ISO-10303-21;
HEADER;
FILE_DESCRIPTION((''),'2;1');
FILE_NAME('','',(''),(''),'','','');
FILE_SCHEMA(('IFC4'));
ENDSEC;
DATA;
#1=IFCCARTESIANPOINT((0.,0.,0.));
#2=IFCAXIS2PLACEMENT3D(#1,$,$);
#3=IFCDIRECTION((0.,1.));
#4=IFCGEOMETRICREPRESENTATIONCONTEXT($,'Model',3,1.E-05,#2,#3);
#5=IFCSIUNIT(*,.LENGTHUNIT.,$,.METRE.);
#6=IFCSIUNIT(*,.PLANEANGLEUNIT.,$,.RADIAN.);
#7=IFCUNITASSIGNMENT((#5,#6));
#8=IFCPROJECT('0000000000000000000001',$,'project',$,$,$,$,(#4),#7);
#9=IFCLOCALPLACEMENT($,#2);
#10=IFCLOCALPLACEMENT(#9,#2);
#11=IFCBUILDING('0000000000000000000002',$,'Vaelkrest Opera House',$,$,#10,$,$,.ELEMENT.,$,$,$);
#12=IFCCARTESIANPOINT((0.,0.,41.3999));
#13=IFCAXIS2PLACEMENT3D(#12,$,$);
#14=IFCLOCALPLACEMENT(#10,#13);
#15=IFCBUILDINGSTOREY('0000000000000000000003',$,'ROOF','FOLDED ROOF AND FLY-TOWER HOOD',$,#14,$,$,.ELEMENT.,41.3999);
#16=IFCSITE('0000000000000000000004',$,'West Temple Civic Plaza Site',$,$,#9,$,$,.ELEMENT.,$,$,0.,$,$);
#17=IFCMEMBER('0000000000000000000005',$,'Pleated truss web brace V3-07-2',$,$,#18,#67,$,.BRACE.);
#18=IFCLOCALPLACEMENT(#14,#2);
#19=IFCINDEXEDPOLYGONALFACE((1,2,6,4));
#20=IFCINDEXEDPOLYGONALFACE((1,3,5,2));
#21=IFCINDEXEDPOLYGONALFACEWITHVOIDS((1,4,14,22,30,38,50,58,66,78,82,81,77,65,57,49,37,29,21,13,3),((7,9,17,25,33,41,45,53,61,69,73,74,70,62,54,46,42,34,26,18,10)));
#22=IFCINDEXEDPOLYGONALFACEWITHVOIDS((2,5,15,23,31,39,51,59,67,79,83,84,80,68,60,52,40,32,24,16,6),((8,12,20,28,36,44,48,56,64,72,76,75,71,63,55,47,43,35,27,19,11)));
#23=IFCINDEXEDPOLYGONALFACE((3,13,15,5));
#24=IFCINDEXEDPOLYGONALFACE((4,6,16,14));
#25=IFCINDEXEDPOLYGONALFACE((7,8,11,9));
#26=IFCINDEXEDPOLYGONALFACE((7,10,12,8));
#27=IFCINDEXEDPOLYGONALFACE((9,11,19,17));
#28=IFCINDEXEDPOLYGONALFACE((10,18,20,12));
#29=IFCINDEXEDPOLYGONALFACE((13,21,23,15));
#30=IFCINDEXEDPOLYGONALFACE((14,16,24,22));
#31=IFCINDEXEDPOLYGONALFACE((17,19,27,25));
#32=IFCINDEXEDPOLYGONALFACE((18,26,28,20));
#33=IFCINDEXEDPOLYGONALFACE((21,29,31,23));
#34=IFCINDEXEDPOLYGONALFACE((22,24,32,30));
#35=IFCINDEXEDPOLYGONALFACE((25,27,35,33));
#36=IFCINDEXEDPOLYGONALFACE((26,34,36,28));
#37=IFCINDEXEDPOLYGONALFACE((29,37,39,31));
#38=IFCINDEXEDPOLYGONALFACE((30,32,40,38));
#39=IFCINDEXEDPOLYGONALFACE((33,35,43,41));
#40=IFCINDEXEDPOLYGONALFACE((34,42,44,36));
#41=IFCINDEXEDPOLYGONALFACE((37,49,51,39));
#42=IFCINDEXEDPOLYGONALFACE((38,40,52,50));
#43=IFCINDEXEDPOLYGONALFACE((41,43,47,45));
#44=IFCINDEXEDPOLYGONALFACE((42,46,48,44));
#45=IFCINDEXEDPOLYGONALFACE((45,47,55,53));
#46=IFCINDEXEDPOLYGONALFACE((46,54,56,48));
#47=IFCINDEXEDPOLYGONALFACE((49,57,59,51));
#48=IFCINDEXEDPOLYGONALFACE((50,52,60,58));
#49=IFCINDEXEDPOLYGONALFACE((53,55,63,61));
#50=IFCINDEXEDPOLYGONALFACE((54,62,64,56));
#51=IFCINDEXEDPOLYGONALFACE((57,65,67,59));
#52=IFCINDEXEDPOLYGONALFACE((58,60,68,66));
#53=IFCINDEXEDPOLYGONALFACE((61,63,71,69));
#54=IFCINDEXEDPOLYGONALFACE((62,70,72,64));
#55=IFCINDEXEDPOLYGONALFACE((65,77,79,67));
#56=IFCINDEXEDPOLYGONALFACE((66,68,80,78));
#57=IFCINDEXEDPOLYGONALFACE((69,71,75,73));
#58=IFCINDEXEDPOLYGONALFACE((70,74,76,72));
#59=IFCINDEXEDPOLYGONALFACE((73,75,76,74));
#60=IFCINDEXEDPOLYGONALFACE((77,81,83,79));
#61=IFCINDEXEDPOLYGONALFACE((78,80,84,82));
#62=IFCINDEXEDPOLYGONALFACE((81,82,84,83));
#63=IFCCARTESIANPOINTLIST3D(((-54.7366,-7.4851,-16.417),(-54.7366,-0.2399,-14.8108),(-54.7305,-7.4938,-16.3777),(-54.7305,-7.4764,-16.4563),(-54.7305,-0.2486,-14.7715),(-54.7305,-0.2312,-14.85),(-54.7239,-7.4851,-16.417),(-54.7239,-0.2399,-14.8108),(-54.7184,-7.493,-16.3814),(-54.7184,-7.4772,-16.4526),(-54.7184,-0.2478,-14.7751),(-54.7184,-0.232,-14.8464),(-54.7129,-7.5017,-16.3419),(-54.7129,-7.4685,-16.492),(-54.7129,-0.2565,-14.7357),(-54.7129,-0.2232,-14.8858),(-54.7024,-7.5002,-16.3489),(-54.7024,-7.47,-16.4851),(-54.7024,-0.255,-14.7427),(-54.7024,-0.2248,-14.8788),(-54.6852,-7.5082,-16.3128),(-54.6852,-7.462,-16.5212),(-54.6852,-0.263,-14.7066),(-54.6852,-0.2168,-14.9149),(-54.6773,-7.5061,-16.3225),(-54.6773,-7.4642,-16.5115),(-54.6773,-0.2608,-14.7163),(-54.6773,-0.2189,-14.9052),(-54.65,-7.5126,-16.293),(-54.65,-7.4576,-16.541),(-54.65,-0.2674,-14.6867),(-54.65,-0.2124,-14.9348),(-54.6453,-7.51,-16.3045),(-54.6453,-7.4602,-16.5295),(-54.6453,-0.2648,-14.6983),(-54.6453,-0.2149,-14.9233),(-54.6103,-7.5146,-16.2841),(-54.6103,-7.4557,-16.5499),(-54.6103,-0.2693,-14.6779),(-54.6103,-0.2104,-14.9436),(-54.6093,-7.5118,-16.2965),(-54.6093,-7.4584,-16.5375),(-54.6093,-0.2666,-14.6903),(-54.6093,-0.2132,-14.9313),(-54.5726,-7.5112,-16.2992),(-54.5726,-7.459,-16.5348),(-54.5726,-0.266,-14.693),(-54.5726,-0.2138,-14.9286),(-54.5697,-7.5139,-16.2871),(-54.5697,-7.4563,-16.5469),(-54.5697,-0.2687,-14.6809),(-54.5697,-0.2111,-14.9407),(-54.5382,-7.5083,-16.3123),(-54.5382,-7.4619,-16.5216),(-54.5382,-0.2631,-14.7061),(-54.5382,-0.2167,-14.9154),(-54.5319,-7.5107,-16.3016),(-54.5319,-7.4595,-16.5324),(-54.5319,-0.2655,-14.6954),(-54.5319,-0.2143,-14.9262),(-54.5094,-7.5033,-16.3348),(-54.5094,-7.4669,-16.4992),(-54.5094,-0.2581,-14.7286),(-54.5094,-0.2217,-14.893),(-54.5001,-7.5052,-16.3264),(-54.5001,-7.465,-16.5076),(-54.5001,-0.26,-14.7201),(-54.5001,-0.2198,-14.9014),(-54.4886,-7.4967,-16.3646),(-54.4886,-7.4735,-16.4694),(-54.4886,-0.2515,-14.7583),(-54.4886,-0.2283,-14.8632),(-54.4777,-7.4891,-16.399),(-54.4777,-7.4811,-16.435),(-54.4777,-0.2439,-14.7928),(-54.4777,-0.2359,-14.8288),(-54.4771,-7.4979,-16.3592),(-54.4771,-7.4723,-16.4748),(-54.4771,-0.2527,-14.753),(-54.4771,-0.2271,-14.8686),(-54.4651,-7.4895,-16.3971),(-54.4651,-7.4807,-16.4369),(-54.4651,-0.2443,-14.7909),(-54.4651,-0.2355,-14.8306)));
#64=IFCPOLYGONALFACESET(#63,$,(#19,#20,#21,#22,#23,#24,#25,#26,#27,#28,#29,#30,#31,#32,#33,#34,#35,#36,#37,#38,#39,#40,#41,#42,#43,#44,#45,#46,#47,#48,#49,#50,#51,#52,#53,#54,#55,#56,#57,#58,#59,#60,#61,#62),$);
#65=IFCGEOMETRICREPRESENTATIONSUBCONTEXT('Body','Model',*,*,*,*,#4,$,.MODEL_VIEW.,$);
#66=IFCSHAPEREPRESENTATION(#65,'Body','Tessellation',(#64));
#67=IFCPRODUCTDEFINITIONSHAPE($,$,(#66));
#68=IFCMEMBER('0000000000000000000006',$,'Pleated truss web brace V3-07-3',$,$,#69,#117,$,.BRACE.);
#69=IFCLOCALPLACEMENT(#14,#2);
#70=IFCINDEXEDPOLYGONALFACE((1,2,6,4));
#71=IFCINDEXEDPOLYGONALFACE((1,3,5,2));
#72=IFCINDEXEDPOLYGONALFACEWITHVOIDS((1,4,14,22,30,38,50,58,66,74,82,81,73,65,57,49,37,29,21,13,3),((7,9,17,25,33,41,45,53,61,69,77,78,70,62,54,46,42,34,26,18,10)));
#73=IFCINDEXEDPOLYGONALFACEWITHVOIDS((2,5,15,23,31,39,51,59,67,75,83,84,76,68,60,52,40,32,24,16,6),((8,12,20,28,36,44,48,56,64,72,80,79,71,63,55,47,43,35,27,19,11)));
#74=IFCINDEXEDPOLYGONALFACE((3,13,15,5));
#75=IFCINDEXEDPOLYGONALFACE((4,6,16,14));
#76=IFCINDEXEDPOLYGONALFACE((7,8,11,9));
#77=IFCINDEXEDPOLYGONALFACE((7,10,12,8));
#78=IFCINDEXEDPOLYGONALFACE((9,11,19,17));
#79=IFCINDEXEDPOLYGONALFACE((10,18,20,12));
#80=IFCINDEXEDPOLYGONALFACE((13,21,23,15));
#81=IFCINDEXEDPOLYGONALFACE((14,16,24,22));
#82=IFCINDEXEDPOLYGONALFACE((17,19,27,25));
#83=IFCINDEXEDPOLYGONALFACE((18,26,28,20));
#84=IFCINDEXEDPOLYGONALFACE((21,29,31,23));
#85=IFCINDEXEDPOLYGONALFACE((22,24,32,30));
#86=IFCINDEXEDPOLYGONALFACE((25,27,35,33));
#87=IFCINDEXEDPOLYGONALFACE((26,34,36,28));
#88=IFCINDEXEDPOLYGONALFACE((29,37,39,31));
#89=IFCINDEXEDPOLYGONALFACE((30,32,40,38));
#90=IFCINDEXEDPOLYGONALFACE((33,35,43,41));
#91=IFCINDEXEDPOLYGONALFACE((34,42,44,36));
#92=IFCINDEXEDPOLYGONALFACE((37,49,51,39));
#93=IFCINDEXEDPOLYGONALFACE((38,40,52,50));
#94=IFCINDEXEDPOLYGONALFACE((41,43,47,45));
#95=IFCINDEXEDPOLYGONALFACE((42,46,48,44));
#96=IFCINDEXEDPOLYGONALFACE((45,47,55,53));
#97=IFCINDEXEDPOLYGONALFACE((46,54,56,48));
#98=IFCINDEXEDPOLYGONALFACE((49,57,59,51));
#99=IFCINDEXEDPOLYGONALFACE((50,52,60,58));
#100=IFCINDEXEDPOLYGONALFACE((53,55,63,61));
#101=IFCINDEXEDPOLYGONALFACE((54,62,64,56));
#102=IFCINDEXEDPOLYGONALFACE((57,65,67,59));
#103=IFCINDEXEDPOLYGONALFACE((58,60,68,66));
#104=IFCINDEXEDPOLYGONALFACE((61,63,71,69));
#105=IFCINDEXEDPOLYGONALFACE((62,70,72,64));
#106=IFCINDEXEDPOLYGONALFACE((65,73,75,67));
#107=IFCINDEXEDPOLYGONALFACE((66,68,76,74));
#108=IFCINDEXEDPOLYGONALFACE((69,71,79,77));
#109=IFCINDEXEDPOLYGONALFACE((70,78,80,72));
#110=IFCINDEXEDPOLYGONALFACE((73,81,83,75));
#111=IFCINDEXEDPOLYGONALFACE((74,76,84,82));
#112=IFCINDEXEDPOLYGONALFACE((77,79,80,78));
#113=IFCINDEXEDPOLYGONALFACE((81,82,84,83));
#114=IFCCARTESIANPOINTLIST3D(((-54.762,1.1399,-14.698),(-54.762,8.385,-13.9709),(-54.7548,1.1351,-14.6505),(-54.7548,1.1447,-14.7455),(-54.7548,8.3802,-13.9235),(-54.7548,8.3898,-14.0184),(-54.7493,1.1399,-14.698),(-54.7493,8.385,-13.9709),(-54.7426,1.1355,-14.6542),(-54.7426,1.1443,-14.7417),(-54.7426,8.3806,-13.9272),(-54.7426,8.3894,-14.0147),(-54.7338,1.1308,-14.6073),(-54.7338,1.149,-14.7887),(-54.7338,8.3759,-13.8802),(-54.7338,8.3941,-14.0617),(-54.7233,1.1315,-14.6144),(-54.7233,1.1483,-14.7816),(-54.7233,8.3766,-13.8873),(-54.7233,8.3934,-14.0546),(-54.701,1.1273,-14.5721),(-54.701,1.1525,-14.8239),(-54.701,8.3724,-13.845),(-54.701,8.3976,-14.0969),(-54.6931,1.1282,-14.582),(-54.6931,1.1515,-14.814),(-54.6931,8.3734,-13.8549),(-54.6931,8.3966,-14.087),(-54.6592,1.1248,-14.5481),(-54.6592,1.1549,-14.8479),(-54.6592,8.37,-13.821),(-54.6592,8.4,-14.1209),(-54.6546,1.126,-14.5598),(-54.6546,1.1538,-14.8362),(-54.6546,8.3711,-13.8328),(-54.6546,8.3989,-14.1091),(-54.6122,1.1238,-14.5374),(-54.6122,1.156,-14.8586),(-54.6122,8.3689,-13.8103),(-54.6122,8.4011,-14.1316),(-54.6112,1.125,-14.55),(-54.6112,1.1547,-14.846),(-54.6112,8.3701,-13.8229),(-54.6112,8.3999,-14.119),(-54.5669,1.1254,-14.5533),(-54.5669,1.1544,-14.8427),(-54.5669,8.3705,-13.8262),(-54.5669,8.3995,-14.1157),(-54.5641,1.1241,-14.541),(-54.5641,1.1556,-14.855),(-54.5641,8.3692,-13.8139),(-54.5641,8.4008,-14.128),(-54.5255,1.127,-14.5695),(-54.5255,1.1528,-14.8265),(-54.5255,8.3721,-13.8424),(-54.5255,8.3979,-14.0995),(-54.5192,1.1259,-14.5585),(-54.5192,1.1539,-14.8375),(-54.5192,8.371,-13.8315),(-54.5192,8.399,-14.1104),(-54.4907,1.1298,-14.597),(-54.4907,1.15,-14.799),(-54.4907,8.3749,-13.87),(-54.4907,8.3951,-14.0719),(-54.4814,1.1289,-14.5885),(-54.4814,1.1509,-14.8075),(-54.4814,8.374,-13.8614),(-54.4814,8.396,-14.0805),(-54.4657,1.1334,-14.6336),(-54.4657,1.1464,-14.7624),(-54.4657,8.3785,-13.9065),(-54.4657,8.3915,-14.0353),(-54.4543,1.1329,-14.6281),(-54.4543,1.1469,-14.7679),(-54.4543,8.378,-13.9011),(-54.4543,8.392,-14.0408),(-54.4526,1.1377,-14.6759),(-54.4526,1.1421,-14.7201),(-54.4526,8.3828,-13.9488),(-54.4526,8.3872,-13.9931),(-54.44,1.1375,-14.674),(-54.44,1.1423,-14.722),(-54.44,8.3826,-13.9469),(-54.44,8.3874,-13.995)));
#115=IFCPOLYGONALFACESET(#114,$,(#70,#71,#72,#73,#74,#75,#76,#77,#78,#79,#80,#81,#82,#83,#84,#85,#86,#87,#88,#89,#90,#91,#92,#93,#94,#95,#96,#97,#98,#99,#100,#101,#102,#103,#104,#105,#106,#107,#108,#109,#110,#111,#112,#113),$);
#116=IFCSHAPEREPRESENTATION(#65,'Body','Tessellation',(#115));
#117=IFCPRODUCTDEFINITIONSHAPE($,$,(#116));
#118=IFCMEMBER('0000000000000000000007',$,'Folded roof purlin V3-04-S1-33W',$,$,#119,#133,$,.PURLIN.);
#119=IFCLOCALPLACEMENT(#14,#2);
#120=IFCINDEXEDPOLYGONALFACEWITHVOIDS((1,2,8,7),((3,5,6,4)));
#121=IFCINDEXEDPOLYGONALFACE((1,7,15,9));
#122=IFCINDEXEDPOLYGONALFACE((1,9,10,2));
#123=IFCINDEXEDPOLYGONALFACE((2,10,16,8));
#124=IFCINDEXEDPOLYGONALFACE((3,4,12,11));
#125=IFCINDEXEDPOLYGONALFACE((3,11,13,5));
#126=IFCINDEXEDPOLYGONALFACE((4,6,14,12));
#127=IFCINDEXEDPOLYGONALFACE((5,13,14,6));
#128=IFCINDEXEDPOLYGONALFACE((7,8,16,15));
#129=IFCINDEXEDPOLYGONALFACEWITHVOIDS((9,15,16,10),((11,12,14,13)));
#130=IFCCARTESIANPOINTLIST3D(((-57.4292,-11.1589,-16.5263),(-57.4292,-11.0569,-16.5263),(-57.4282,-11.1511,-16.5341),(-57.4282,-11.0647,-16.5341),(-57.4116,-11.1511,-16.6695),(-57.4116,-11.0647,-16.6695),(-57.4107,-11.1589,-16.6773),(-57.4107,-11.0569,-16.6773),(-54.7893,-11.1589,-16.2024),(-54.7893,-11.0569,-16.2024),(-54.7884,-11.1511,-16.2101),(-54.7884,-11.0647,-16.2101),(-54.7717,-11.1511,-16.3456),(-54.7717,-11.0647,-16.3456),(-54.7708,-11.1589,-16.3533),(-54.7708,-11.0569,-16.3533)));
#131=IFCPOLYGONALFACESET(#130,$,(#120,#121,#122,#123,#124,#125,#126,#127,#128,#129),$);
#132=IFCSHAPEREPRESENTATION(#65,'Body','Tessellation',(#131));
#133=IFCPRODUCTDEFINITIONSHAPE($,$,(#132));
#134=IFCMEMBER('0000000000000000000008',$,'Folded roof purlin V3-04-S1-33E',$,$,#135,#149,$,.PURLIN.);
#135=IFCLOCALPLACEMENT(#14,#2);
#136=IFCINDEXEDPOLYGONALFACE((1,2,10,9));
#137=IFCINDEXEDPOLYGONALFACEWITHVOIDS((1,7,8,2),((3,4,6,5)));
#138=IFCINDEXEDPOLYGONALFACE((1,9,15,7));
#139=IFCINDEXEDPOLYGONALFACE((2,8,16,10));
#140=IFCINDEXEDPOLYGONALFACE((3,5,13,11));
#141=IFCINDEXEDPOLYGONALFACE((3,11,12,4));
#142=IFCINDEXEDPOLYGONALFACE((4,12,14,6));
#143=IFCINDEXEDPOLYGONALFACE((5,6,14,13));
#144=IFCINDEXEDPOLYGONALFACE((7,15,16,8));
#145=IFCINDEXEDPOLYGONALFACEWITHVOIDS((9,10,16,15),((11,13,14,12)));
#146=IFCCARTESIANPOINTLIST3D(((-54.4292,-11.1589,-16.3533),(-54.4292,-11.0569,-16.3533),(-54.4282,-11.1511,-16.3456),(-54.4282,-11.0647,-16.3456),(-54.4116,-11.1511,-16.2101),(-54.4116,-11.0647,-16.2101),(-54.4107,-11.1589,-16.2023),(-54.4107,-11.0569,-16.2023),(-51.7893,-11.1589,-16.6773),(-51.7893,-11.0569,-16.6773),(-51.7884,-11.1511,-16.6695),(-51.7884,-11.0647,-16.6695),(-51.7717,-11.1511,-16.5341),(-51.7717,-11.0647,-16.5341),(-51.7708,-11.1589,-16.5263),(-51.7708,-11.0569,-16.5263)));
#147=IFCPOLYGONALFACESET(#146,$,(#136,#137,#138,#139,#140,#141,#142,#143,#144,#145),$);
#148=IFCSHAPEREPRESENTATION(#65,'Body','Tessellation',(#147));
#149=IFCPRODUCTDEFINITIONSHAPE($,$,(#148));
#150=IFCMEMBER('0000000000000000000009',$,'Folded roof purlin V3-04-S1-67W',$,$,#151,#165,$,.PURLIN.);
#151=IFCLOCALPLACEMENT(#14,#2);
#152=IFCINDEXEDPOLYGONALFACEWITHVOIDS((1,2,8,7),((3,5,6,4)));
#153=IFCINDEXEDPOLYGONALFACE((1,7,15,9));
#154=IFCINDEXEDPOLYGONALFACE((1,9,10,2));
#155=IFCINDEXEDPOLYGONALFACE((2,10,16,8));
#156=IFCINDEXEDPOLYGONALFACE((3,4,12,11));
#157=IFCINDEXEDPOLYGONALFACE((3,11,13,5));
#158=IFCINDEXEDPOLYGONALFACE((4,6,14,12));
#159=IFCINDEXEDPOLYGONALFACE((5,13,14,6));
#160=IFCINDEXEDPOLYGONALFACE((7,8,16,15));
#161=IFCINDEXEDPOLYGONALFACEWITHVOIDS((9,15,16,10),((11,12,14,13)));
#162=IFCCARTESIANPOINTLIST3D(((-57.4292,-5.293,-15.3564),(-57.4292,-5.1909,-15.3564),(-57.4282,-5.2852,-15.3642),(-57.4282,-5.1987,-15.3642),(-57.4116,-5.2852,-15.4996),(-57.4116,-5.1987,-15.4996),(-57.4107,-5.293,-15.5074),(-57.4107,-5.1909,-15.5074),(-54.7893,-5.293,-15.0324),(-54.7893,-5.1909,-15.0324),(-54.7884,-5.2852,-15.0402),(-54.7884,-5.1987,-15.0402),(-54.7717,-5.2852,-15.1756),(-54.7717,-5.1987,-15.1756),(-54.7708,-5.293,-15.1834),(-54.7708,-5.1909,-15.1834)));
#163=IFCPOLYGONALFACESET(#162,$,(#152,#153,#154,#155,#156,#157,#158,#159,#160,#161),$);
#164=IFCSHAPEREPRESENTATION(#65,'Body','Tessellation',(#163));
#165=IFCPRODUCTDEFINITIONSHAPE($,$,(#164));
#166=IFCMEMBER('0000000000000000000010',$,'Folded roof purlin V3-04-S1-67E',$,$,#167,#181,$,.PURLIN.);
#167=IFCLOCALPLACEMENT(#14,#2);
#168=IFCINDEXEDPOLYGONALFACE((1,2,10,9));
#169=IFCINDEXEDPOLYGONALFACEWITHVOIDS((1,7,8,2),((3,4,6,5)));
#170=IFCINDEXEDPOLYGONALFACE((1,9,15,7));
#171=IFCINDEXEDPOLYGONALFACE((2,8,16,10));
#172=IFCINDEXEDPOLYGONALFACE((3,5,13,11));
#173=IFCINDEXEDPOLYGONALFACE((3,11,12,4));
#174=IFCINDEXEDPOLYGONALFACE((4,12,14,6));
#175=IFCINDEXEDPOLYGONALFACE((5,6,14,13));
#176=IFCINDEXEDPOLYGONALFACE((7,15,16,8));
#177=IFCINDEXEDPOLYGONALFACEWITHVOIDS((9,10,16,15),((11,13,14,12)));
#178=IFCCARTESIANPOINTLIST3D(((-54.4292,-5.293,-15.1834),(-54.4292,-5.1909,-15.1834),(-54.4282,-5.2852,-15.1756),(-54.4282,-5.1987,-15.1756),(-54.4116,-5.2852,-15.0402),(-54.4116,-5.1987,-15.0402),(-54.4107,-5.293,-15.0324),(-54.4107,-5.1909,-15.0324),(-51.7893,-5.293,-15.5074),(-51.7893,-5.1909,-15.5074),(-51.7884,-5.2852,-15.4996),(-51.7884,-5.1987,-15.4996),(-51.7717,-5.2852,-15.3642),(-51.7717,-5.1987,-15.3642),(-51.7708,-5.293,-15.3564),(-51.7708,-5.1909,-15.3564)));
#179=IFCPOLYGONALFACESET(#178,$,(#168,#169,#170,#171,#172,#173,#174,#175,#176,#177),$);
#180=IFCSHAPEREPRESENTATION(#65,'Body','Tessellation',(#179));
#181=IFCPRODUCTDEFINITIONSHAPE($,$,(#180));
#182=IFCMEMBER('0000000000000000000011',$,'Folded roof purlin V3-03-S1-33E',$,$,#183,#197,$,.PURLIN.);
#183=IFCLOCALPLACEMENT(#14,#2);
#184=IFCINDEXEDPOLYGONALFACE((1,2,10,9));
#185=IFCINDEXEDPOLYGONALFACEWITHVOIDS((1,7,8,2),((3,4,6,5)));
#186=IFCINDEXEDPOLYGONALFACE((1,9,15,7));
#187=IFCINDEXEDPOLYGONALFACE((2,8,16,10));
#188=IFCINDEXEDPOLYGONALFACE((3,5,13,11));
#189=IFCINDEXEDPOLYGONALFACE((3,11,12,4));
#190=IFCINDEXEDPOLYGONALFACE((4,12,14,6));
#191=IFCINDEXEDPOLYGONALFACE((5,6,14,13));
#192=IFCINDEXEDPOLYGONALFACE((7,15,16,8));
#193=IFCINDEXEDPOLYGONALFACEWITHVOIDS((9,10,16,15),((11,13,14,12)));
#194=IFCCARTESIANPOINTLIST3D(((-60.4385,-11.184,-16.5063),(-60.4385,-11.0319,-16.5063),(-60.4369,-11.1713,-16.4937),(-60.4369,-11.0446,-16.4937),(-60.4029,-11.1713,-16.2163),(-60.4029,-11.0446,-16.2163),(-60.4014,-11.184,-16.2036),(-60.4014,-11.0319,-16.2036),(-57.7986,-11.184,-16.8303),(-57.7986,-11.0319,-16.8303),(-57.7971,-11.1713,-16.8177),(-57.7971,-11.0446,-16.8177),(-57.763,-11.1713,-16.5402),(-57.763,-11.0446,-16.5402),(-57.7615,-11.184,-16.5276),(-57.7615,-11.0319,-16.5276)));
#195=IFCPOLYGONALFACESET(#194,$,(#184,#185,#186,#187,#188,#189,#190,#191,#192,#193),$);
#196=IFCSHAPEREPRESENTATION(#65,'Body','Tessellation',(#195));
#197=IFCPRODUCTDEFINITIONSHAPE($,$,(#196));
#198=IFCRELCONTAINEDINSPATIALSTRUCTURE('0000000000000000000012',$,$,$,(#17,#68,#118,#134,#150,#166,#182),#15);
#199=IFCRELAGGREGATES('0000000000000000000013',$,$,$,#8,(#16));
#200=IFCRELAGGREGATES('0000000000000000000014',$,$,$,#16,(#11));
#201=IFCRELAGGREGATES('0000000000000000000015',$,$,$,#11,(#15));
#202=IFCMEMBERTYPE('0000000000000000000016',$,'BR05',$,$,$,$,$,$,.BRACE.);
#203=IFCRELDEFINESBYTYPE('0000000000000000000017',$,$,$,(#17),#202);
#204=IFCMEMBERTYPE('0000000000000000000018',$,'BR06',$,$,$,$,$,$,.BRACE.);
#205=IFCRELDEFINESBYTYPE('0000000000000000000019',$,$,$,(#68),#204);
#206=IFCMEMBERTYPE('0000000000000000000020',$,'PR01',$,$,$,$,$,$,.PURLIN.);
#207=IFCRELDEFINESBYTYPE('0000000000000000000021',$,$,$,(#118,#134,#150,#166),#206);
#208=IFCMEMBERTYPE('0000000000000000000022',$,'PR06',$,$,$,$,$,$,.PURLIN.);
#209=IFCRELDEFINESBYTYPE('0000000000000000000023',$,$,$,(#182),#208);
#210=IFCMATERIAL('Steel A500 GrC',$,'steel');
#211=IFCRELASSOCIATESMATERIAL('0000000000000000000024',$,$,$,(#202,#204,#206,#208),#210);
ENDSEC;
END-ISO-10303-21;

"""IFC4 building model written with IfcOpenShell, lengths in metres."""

from ifc_helpers import new_model, si_unit, direction, frame, origin, origin_2d, place, context, subcontext, project, spatial, hollow_rectangle, hollow_circle, extrude, material, material_profile, profile_set, type_object, element, save


model = new_model("IFC4")

# Units and contexts
model_context = context("Model", 3, precision=1e-05, world=origin(), true_north=direction((0.0, 1.0)))
body_context = subcontext(model_context, "Body", "Model", "MODEL_VIEW")
ifc_project = project(units=[si_unit("LENGTHUNIT", "METRE"), si_unit("PLANEANGLEUNIT", "RADIAN")], contexts=[model_context])

# Site, building, storey
site_placement = place(None, origin())
site = spatial("IfcSite", under=ifc_project, at=site_placement, Name="West Temple Civic Plaza Site", CompositionType="ELEMENT", RefElevation=0.0)
building_placement = place(site_placement, origin())
building = spatial("IfcBuilding", under=site, at=building_placement, Name="Vaelkrest Opera House", CompositionType="ELEMENT")
storey_placement = place(building_placement, frame((0.0, 0.0, 41.3999)))
storey = spatial("IfcBuildingStorey", under=building, at=storey_placement, Name="ROOF", Description="FOLDED ROOF AND FLY-TOWER HOOD", CompositionType="ELEMENT", Elevation=41.3999)

# Members
ifc_material_1 = material(Name="Steel A500 GrC", Category="steel")
ifc_material_profile_1 = material_profile(ifc_material_1, hollow_circle(Radius=0.1365, WallThickness=0.0127, at=origin_2d()), Name="HSS273.1X12.7")
ifc_profile_set_1 = profile_set([ifc_material_profile_1], Name="Steel A500 GrC")
member_type_1 = type_object("IfcMemberType", Name="BR05", PredefinedType="BRACE", material=ifc_profile_set_1)
member_1_placement = place(storey_placement, frame((-54.6001, -7.4851, -16.417), z_axis=(0.0, 0.976296, 0.216439), x_axis=(-1.0, 0.0, 0.0)))
element("IfcMember", 1, at=member_1_placement, inside=storey, type_object=member_type_1, Name="Pleated truss web brace V3-07-2", PredefinedType="BRACE", context=body_context, shape_type="SweptSolid", body=[
    extrude(hollow_circle(Radius=0.1365, WallThickness=0.0127, at=origin_2d()), origin(), (0.0, 0.0, 1.0), 7.4211),
])
ifc_material_profile_2 = material_profile(ifc_material_1, hollow_circle(Radius=0.1619, WallThickness=0.0127, at=origin_2d()), Name="HSS323.9X12.7")
ifc_profile_set_2 = profile_set([ifc_material_profile_2], Name="Steel A500 GrC")
member_type_2 = type_object("IfcMemberType", Name="BR06", PredefinedType="BRACE", material=ifc_profile_set_2)
member_2_placement = place(storey_placement, frame((-54.6001, 1.1399, -14.698), z_axis=(0.0, 0.995003, 0.099849), x_axis=(-1.0, 0.0, 0.0)))
element("IfcMember", 2, at=member_2_placement, inside=storey, type_object=member_type_2, Name="Pleated truss web brace V3-07-3", PredefinedType="BRACE", context=body_context, shape_type="SweptSolid", body=[
    extrude(hollow_circle(Radius=0.1619, WallThickness=0.0127, at=origin_2d()), origin(), (0.0, 0.0, 1.0), 7.2815),
])
ifc_material_profile_3 = material_profile(ifc_material_1, hollow_rectangle(XDim=0.1021, YDim=0.1521, WallThickness=0.0078, at=origin_2d()), Name="HSS152X102X8")
ifc_profile_set_3 = profile_set([ifc_material_profile_3], Name="Steel A500 GrC")
member_type_3 = type_object("IfcMemberType", Name="PR01", PredefinedType="PURLIN", material=ifc_profile_set_3)
for number, where, z_axis, x_axis, name in (
    (3, (-57.4199, -11.1079, -16.6018), (0.992554, 0.0, 0.121809), (0.0, 1.0, 0.0), "Folded roof purlin V3-04-S1-33W"),
    (4, (-54.4199, -11.1079, -16.2778), (0.992554, 0.0, -0.121809), (0.0, 1.0, 0.0), "Folded roof purlin V3-04-S1-33E"),
    (5, (-57.4199, -5.2419, -15.4319), (0.992554, 0.0, 0.121809), (0.0, 1.0, 0.0), "Folded roof purlin V3-04-S1-67W"),
    (6, (-54.4199, -5.2419, -15.1079), (0.992554, 0.0, -0.121809), (0.0, 1.0, 0.0), "Folded roof purlin V3-04-S1-67E"),
):
    element("IfcMember", number, at=place(storey_placement, frame(where, z_axis=z_axis, x_axis=x_axis)), inside=storey, type_object=member_type_3, Name=name, PredefinedType="PURLIN", context=body_context, shape_type="SweptSolid", body=[
        extrude(hollow_rectangle(XDim=0.1021, YDim=0.1521, WallThickness=0.0078, at=origin_2d()), origin(), (0.0, 0.0, 1.0), 2.6597),
    ])
ifc_material_profile_4 = material_profile(ifc_material_1, hollow_rectangle(XDim=0.1521, YDim=0.3049, WallThickness=0.0127, at=origin_2d()), Name="HSS305X152X12.7")
ifc_profile_set_4 = profile_set([ifc_material_profile_4], Name="Steel A500 GrC")
member_type_4 = type_object("IfcMemberType", Name="PR06", PredefinedType="PURLIN", material=ifc_profile_set_4)
for number, where, z_axis, x_axis, name in (
    (7, (-60.4199, -11.1079, -16.355), (0.992554, 0.0, -0.121809), (0.0, 1.0, 0.0), "Folded roof purlin V3-03-S1-33E"),
):
    element("IfcMember", number, at=place(storey_placement, frame(where, z_axis=z_axis, x_axis=x_axis)), inside=storey, type_object=member_type_4, Name=name, PredefinedType="PURLIN", context=body_context, shape_type="SweptSolid", body=[
        extrude(hollow_rectangle(XDim=0.1521, YDim=0.3049, WallThickness=0.0127, at=origin_2d()), origin(), (0.0, 0.0, 1.0), 2.6597),
    ])

save(model, "model.ifc")
